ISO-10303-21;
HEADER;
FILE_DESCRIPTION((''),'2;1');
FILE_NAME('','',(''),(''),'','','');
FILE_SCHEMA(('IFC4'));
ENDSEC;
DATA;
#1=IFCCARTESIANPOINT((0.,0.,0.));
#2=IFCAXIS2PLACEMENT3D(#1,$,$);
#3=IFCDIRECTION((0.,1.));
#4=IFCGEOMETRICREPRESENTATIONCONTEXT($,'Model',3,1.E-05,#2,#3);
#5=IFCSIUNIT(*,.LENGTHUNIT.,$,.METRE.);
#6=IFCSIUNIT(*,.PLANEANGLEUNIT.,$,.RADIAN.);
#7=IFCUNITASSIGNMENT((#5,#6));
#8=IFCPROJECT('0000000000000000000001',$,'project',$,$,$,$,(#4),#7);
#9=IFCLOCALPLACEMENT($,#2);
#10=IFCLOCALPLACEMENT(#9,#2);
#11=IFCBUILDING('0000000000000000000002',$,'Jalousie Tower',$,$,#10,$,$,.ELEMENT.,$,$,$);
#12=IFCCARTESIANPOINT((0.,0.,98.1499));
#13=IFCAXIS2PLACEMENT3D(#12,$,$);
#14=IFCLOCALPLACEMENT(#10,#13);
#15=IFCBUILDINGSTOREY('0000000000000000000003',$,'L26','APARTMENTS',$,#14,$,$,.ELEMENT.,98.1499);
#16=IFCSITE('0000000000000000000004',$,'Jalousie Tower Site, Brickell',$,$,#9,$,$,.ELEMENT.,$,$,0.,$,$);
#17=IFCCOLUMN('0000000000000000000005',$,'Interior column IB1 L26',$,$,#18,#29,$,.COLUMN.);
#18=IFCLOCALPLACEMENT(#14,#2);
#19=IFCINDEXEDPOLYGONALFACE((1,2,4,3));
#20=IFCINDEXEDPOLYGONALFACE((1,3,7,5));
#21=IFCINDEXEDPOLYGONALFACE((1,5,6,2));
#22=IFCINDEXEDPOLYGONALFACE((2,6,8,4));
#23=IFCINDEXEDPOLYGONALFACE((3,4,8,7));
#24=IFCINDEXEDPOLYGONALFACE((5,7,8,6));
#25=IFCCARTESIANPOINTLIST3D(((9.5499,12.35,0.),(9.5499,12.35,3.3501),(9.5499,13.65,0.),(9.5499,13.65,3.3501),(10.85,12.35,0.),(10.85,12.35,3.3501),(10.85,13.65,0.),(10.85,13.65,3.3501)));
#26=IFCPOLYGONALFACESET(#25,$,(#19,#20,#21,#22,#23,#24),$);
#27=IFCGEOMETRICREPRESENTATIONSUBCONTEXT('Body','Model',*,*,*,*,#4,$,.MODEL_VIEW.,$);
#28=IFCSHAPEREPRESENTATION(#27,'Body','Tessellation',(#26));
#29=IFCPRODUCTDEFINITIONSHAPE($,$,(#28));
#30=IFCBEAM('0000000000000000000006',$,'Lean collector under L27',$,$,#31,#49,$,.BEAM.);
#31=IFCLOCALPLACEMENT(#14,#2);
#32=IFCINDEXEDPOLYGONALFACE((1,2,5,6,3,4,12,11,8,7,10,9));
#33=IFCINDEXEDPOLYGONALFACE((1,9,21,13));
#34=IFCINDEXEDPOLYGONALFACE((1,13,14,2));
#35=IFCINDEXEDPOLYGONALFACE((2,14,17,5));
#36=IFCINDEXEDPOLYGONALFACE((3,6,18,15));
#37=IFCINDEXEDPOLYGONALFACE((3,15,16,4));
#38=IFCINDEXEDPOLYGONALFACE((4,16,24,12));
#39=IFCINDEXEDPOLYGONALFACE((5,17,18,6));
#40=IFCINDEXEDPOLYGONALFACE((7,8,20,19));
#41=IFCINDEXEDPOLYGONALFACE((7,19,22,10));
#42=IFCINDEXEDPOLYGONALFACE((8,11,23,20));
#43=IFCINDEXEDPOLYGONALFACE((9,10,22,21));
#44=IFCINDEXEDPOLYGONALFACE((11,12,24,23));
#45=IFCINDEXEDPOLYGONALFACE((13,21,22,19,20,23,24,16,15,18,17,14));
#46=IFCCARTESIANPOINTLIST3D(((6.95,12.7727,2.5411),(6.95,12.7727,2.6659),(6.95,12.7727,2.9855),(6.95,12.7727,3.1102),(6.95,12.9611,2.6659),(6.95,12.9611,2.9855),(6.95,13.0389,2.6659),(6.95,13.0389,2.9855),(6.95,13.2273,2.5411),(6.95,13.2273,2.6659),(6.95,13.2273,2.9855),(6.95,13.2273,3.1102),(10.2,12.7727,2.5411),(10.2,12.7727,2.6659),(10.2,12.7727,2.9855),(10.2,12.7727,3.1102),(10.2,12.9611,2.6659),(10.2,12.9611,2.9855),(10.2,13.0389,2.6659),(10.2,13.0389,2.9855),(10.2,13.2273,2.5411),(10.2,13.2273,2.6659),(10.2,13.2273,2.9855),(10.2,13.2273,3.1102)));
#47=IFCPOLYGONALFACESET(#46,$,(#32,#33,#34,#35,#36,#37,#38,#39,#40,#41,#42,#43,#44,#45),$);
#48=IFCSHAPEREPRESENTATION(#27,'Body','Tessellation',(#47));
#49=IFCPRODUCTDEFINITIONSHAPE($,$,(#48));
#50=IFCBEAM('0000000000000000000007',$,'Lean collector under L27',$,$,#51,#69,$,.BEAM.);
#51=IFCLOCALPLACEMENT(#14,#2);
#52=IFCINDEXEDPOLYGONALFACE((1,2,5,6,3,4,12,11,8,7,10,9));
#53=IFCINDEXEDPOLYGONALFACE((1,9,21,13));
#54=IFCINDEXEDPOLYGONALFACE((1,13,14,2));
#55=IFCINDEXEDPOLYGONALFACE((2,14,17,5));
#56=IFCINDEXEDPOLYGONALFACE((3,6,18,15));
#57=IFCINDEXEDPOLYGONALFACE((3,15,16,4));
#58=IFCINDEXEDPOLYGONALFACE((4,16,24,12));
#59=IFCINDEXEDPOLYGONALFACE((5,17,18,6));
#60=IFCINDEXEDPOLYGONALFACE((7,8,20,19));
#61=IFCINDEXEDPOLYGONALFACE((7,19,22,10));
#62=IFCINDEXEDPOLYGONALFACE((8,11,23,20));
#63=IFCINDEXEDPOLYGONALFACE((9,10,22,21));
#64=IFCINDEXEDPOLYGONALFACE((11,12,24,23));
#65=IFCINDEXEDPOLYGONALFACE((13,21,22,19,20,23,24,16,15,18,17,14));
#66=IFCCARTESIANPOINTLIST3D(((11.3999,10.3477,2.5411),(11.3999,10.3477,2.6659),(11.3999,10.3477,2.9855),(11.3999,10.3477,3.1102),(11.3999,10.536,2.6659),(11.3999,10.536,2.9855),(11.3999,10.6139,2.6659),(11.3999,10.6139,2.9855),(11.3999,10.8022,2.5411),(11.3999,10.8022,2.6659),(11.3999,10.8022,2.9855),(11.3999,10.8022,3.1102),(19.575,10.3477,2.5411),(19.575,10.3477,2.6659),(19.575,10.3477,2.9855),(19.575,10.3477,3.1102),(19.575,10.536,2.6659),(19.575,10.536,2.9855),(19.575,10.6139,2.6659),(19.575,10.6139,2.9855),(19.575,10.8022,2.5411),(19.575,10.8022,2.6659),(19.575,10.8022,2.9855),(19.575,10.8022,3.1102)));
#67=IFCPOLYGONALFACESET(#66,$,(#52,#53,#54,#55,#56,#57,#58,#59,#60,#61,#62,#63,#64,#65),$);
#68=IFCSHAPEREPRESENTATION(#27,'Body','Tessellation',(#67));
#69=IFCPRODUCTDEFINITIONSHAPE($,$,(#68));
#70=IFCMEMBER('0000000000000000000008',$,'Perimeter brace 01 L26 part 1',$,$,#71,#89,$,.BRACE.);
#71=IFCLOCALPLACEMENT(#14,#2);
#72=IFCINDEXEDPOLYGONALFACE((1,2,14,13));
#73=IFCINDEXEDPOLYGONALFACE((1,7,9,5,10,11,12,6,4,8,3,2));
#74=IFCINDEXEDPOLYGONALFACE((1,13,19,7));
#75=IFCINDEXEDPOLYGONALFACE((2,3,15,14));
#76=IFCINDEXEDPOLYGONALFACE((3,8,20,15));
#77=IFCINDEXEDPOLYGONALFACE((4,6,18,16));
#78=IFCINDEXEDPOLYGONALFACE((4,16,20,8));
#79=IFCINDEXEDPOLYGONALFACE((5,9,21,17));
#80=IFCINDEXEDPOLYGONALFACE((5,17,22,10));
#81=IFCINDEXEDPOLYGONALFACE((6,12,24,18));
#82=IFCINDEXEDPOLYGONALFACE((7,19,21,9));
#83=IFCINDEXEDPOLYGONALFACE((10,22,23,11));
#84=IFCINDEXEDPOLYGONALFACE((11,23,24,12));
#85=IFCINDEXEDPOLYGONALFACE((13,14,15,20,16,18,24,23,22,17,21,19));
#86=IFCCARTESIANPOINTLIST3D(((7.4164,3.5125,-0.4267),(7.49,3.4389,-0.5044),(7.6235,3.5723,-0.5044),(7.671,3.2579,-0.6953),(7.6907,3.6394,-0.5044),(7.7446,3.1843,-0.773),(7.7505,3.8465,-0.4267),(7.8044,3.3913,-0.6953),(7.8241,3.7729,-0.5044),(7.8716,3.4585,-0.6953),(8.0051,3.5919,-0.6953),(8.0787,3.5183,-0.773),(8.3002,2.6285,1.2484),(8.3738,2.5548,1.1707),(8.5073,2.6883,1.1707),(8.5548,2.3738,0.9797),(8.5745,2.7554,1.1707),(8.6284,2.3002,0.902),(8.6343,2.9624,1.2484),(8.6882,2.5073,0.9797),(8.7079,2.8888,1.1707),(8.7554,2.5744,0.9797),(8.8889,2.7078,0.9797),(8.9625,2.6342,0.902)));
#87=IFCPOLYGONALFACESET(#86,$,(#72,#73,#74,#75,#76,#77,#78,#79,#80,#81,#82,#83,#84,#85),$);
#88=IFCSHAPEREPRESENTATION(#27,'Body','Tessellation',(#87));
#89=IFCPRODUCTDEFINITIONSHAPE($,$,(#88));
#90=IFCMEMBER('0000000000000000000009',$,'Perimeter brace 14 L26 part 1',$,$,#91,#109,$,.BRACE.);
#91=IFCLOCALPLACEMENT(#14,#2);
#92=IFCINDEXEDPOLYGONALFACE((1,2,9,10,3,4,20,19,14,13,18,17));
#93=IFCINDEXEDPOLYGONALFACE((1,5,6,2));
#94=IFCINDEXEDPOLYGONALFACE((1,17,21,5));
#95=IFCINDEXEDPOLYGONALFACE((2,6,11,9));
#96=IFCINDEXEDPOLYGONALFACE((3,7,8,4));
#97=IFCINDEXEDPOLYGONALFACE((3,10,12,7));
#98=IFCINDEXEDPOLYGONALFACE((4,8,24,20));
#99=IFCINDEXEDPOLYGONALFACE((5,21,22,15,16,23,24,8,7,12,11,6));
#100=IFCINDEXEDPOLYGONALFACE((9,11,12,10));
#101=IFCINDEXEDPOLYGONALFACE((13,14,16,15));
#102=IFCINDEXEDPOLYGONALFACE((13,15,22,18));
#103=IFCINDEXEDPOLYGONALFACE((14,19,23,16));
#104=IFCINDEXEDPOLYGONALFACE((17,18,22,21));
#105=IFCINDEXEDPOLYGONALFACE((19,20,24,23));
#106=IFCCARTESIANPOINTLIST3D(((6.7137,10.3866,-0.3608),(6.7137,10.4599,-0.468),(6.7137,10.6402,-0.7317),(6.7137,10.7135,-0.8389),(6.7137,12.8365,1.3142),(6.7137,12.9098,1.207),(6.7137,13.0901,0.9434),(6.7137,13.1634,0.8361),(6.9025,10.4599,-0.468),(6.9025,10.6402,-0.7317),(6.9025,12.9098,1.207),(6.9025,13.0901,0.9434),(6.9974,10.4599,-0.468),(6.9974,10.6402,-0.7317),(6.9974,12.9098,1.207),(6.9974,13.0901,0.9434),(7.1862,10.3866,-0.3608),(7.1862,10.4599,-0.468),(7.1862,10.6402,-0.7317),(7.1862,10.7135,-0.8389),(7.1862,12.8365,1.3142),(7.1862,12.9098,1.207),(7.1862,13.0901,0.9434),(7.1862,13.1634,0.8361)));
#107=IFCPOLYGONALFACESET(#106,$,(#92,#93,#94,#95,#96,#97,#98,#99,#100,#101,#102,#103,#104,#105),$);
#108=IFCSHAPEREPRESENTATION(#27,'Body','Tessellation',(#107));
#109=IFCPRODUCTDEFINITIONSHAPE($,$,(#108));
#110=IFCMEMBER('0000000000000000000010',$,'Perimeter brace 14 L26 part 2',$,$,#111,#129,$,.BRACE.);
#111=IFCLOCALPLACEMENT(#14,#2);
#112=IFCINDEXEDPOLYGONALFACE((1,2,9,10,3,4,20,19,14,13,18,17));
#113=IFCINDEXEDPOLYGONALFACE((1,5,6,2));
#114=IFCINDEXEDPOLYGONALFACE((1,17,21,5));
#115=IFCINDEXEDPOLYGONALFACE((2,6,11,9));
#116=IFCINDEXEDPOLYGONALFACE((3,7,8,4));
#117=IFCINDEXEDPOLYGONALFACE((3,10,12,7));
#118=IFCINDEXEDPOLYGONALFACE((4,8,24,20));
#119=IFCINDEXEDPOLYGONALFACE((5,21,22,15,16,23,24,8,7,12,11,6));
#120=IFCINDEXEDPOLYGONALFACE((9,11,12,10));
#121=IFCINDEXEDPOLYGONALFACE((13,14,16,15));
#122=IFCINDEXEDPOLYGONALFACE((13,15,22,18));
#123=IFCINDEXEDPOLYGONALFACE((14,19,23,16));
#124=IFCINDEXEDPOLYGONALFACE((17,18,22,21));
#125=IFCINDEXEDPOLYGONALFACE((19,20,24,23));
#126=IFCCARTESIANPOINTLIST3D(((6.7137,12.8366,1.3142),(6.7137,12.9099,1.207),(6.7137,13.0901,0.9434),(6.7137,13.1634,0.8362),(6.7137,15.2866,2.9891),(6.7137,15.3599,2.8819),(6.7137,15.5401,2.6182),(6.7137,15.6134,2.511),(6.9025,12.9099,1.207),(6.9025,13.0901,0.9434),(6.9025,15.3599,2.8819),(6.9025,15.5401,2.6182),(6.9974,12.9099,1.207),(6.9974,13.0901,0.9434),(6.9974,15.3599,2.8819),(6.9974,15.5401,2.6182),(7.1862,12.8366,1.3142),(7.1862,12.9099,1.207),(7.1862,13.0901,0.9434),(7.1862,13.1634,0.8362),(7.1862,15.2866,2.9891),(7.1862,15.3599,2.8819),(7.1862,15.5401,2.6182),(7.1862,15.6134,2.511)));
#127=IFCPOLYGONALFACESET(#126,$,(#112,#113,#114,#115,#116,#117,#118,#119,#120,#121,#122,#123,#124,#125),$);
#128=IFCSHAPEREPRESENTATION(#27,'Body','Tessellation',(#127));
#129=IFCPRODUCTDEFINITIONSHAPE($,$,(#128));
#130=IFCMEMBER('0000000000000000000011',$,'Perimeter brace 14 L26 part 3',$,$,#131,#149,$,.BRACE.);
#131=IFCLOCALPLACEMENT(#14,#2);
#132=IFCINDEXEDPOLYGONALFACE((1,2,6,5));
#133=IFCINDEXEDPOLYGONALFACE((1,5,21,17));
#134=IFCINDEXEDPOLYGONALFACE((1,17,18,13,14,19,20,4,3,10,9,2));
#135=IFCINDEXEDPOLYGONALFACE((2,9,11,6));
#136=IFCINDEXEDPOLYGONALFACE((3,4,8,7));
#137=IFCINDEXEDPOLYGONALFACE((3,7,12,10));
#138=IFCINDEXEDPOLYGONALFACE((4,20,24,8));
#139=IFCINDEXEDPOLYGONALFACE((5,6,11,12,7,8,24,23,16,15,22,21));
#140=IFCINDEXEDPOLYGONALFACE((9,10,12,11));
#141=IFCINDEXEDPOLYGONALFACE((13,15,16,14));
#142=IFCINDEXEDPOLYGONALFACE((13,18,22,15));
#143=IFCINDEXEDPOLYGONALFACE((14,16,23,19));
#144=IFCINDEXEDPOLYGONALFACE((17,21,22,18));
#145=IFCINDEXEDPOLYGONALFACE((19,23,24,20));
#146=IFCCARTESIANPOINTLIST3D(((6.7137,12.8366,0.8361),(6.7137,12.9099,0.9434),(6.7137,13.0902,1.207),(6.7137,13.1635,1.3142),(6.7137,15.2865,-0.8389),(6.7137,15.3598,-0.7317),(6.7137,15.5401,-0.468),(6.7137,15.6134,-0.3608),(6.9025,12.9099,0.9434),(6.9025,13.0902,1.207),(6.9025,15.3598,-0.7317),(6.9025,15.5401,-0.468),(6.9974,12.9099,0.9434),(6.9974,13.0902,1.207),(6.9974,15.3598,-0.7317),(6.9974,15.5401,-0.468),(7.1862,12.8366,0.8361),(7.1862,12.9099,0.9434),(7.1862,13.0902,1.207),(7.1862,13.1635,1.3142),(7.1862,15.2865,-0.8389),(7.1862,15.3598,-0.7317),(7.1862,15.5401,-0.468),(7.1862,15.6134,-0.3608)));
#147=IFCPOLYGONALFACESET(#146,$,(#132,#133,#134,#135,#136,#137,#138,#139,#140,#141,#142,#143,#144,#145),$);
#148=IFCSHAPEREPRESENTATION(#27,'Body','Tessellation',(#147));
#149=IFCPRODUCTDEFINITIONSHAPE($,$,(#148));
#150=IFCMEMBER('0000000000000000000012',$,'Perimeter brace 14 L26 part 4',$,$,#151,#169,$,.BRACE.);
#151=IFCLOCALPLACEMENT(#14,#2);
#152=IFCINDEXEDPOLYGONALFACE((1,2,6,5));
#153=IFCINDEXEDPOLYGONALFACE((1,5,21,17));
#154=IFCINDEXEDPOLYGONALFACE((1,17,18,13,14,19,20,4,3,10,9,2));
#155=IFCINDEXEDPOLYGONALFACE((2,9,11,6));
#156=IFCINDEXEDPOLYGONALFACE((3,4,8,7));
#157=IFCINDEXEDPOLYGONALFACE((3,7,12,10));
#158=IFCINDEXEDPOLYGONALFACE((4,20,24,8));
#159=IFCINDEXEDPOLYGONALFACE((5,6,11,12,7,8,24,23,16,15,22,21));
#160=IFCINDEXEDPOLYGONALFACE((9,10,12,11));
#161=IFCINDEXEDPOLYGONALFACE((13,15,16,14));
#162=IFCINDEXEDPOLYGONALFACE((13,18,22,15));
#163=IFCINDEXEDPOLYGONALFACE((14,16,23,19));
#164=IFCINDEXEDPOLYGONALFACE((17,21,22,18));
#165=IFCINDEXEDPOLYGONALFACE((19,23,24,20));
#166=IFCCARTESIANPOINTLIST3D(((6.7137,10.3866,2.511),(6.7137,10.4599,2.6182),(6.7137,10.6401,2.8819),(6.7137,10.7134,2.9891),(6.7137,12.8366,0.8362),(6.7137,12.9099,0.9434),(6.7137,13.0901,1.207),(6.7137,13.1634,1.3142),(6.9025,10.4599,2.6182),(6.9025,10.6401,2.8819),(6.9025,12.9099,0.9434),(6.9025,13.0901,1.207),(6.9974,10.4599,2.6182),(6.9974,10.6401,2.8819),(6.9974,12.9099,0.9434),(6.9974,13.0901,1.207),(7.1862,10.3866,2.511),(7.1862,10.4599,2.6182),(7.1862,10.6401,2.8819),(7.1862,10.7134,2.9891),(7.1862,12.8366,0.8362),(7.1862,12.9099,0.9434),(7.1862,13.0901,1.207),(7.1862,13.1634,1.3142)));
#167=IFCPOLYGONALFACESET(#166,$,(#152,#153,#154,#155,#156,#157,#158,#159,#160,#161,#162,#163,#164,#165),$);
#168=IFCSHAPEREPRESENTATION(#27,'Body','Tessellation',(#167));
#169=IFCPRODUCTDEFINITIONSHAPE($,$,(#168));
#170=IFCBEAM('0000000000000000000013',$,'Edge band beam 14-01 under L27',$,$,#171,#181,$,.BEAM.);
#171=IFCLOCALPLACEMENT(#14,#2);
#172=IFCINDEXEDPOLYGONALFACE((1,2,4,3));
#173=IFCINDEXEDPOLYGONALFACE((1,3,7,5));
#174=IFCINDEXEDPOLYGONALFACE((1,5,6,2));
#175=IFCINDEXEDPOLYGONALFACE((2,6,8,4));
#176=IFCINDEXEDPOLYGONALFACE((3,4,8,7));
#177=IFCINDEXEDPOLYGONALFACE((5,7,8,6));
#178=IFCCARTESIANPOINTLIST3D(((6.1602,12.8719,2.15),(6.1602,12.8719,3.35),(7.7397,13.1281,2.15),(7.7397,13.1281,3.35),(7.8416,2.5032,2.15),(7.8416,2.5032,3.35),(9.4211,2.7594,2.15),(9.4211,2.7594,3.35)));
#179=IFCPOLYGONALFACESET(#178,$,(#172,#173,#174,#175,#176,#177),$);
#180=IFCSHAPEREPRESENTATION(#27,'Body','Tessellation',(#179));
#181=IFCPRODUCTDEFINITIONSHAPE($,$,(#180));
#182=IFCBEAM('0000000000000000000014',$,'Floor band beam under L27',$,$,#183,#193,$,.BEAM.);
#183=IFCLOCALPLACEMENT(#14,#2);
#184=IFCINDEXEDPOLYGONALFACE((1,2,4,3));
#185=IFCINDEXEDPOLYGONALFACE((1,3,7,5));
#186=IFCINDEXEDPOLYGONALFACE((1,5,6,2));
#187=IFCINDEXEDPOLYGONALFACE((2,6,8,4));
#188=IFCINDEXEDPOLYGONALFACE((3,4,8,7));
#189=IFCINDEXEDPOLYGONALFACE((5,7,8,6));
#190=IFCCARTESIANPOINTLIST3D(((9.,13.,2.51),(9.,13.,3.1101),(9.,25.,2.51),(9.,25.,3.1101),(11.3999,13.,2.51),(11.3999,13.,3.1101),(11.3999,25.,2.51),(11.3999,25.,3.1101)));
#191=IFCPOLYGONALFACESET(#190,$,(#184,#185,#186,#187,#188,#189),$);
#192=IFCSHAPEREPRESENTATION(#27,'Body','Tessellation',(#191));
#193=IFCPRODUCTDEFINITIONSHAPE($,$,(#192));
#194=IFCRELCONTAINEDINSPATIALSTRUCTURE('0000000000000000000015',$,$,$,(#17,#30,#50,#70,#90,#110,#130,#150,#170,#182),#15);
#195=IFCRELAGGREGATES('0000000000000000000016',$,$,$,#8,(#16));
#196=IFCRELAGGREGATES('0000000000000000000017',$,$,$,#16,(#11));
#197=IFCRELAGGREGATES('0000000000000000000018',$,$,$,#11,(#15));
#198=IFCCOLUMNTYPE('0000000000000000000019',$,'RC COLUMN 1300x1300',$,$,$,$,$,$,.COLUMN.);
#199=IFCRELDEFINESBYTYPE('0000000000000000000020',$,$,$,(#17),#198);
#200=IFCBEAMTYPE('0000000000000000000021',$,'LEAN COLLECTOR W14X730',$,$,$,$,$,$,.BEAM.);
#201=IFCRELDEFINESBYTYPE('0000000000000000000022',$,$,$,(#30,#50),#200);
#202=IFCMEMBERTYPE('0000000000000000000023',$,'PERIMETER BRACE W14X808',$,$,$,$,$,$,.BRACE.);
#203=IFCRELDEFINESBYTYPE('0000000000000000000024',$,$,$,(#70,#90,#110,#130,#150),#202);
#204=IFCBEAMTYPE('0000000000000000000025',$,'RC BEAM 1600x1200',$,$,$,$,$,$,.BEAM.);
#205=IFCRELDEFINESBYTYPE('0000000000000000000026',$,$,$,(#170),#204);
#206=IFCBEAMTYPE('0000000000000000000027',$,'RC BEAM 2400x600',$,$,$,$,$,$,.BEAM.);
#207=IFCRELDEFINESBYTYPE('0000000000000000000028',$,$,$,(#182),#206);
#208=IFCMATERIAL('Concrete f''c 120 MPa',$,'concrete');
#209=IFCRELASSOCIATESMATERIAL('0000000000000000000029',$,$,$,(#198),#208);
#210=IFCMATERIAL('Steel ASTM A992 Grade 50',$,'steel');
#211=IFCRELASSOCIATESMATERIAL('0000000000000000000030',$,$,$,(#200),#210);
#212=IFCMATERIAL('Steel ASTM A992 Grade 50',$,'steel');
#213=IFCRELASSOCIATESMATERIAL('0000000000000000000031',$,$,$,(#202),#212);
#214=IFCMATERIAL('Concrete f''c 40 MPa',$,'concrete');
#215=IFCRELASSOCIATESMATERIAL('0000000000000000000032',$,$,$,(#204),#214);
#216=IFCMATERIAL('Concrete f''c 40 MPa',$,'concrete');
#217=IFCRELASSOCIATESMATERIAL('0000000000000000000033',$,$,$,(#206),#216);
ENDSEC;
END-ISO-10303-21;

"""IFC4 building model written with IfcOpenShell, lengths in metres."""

from ifc_helpers import new_model, si_unit, direction, frame, origin, origin_2d, place, context, subcontext, project, spatial, rectangle, i_section, extrude, material, material_profile, profile_set, type_object, element, save


model = new_model("IFC4")

# Units and contexts
model_context = context("Model", 3, precision=1e-05, world=origin(), true_north=direction((0.0, 1.0)))
body_context = subcontext(model_context, "Body", "Model", "MODEL_VIEW")
ifc_project = project(units=[si_unit("LENGTHUNIT", "METRE"), si_unit("PLANEANGLEUNIT", "RADIAN")], contexts=[model_context])

# Site, building, storey
site_placement = place(None, origin())
site = spatial("IfcSite", under=ifc_project, at=site_placement, Name="Jalousie Tower Site, Brickell", CompositionType="ELEMENT", RefElevation=0.0)
building_placement = place(site_placement, origin())
building = spatial("IfcBuilding", under=site, at=building_placement, Name="Jalousie Tower", CompositionType="ELEMENT")
storey_placement = place(building_placement, frame((0.0, 0.0, 98.1499)))
storey = spatial("IfcBuildingStorey", under=building, at=storey_placement, Name="L26", Description="APARTMENTS", CompositionType="ELEMENT", Elevation=98.1499)

# Column
ifc_material_1 = material(Name="Concrete f'c 120 MPa", Category="concrete")
ifc_material_profile_1 = material_profile(ifc_material_1, rectangle(XDim=1.3, YDim=1.3, at=origin_2d()), Name="RC 1300x1300")
ifc_profile_set_1 = profile_set([ifc_material_profile_1], Name="Concrete f'c 120 MPa")
column_type = type_object("IfcColumnType", Name="RC COLUMN 1300x1300", PredefinedType="COLUMN", material=ifc_profile_set_1)
column_placement = place(storey_placement, frame((10.2, 13.0, 0.0), z_axis=(0.0, 0.0, 1.0), x_axis=(1.0, 0.0, 0.0)))
element("IfcColumn", 1, at=column_placement, inside=storey, type_object=column_type, Name="Interior column IB1 L26", PredefinedType="COLUMN", context=body_context, shape_type="SweptSolid", body=[
    extrude(rectangle(XDim=1.3, YDim=1.3, at=origin_2d()), origin(), (0.0, 0.0, 1.0), 3.3501),
])

# Beams
ifc_material_2 = material(Name="Steel ASTM A992 Grade 50", Category="steel")
ifc_material_profile_2 = material_profile(ifc_material_2, i_section(OverallWidth=0.4546, OverallDepth=0.5691, WebThickness=0.0779, FlangeThickness=0.1248, at=origin_2d()), Name="W14X730")
ifc_profile_set_2 = profile_set([ifc_material_profile_2], Name="Steel ASTM A992 Grade 50")
beam_type_1 = type_object("IfcBeamType", Name="LEAN COLLECTOR W14X730", PredefinedType="BEAM", material=ifc_profile_set_2)
beam_1_placement = place(storey_placement, frame((6.95, 13.0, 2.8257), z_axis=(1.0, 0.0, 0.0), x_axis=(0.0, 1.0, 0.0)))
element("IfcBeam", 2, at=beam_1_placement, inside=storey, type_object=beam_type_1, Name="Lean collector under L27", PredefinedType="BEAM", context=body_context, shape_type="SweptSolid", body=[
    extrude(i_section(OverallWidth=0.4546, OverallDepth=0.5691, WebThickness=0.0779, FlangeThickness=0.1248, at=origin_2d()), origin(), (0.0, 0.0, 1.0), 3.25),
])
beam_2_placement = place(storey_placement, frame((11.3999, 10.575, 2.8257), z_axis=(1.0, 0.0, 0.0), x_axis=(0.0, 1.0, 0.0)))
element("IfcBeam", 3, at=beam_2_placement, inside=storey, type_object=beam_type_1, Name="Lean collector under L27", PredefinedType="BEAM", context=body_context, shape_type="SweptSolid", body=[
    extrude(i_section(OverallWidth=0.4546, OverallDepth=0.5691, WebThickness=0.0779, FlangeThickness=0.1248, at=origin_2d()), origin(), (0.0, 0.0, 1.0), 8.175),
])

# Members
ifc_material_3 = material(Name="Steel ASTM A992 Grade 50", Category="steel")
ifc_material_profile_3 = material_profile(ifc_material_3, i_section(OverallWidth=0.4724, OverallDepth=0.5791, WebThickness=0.095, FlangeThickness=0.1299, at=origin_2d()), Name="W14X808")
ifc_profile_set_3 = profile_set([ifc_material_profile_3], Name="Steel ASTM A992 Grade 50")
member_type_1 = type_object("IfcMemberType", Name="PERIMETER BRACE W14X808", PredefinedType="BRACE", material=ifc_profile_set_3)
member_1_placement = place(storey_placement, frame((7.7476, 3.5154, -0.5999), z_axis=(0.422852, -0.422969, 0.801432), x_axis=(0.707204, 0.707009, 0.0)))
element("IfcMember", 4, at=member_1_placement, inside=storey, type_object=member_type_1, Name="Perimeter brace 01 L26 part 1", PredefinedType="BRACE", context=body_context, shape_type="SweptSolid", body=[
    extrude(i_section(OverallWidth=0.4724, OverallDepth=0.5791, WebThickness=0.095, FlangeThickness=0.1299, at=origin_2d()), origin(), (0.0, 0.0, 1.0), 2.0901),
])
for number, where, z_axis, x_axis, name in (
    (5, (6.95, 10.55, -0.5999), (0.0, 0.825501, 0.564401), (-1.0, 0.0, 0.0), "Perimeter brace 14 L26 part 1"),
    (6, (6.95, 13.0, 1.0752), (0.0, 0.825539, 0.564345), (-1.0, 0.0, 0.0), "Perimeter brace 14 L26 part 2"),
    (7, (6.95, 15.45, -0.5999), (0.0, -0.825501, 0.564401), (1.0, 0.0, 0.0), "Perimeter brace 14 L26 part 3"),
    (8, (6.95, 13.0, 1.0752), (0.0, -0.825539, 0.564345), (1.0, 0.0, 0.0), "Perimeter brace 14 L26 part 4"),
):
    element("IfcMember", number, at=place(storey_placement, frame(where, z_axis=z_axis, x_axis=x_axis)), inside=storey, type_object=member_type_1, Name=name, PredefinedType="BRACE", context=body_context, shape_type="SweptSolid", body=[
        extrude(i_section(OverallWidth=0.4724, OverallDepth=0.5791, WebThickness=0.095, FlangeThickness=0.1299, at=origin_2d()), origin(), (0.0, 0.0, 1.0), 2.9678),
    ])

# Beams
ifc_material_4 = material(Name="Concrete f'c 40 MPa", Category="concrete")
ifc_material_profile_4 = material_profile(ifc_material_4, rectangle(XDim=1.6001, YDim=1.2, at=origin_2d()), Name="RC 1600x1200")
ifc_profile_set_4 = profile_set([ifc_material_profile_4], Name="Concrete f'c 40 MPa")
beam_type_2 = type_object("IfcBeamType", Name="RC BEAM 1600x1200", PredefinedType="BEAM", material=ifc_profile_set_4)
beam_3_placement = place(storey_placement, frame((6.95, 13.0, 2.75), z_axis=(0.160071, -0.987106, 0.0), x_axis=(0.987106, 0.160071, 0.0)))
element("IfcBeam", 9, at=beam_3_placement, inside=storey, type_object=beam_type_2, Name="Edge band beam 14-01 under L27", PredefinedType="BEAM", context=body_context, shape_type="SweptSolid", body=[
    extrude(rectangle(XDim=1.6001, YDim=1.2, at=origin_2d()), origin(), (0.0, 0.0, 1.0), 10.5042),
])
ifc_material_5 = material(Name="Concrete f'c 40 MPa", Category="concrete")
ifc_material_profile_5 = material_profile(ifc_material_5, rectangle(XDim=2.3999, YDim=0.6001, at=origin_2d()), Name="RC 2400x600")
ifc_profile_set_5 = profile_set([ifc_material_profile_5], Name="Concrete f'c 40 MPa")
beam_type_3 = type_object("IfcBeamType", Name="RC BEAM 2400x600", PredefinedType="BEAM", material=ifc_profile_set_5)
beam_4_placement = place(storey_placement, frame((10.2, 13.0, 2.8101), z_axis=(0.0, 1.0, 0.0), x_axis=(-1.0, 0.0, 0.0)))
element("IfcBeam", 10, at=beam_4_placement, inside=storey, type_object=beam_type_3, Name="Floor band beam under L27", PredefinedType="BEAM", context=body_context, shape_type="SweptSolid", body=[
    extrude(rectangle(XDim=2.3999, YDim=0.6001, at=origin_2d()), origin(), (0.0, 0.0, 1.0), 12.0),
])

save(model, "model.ifc")
